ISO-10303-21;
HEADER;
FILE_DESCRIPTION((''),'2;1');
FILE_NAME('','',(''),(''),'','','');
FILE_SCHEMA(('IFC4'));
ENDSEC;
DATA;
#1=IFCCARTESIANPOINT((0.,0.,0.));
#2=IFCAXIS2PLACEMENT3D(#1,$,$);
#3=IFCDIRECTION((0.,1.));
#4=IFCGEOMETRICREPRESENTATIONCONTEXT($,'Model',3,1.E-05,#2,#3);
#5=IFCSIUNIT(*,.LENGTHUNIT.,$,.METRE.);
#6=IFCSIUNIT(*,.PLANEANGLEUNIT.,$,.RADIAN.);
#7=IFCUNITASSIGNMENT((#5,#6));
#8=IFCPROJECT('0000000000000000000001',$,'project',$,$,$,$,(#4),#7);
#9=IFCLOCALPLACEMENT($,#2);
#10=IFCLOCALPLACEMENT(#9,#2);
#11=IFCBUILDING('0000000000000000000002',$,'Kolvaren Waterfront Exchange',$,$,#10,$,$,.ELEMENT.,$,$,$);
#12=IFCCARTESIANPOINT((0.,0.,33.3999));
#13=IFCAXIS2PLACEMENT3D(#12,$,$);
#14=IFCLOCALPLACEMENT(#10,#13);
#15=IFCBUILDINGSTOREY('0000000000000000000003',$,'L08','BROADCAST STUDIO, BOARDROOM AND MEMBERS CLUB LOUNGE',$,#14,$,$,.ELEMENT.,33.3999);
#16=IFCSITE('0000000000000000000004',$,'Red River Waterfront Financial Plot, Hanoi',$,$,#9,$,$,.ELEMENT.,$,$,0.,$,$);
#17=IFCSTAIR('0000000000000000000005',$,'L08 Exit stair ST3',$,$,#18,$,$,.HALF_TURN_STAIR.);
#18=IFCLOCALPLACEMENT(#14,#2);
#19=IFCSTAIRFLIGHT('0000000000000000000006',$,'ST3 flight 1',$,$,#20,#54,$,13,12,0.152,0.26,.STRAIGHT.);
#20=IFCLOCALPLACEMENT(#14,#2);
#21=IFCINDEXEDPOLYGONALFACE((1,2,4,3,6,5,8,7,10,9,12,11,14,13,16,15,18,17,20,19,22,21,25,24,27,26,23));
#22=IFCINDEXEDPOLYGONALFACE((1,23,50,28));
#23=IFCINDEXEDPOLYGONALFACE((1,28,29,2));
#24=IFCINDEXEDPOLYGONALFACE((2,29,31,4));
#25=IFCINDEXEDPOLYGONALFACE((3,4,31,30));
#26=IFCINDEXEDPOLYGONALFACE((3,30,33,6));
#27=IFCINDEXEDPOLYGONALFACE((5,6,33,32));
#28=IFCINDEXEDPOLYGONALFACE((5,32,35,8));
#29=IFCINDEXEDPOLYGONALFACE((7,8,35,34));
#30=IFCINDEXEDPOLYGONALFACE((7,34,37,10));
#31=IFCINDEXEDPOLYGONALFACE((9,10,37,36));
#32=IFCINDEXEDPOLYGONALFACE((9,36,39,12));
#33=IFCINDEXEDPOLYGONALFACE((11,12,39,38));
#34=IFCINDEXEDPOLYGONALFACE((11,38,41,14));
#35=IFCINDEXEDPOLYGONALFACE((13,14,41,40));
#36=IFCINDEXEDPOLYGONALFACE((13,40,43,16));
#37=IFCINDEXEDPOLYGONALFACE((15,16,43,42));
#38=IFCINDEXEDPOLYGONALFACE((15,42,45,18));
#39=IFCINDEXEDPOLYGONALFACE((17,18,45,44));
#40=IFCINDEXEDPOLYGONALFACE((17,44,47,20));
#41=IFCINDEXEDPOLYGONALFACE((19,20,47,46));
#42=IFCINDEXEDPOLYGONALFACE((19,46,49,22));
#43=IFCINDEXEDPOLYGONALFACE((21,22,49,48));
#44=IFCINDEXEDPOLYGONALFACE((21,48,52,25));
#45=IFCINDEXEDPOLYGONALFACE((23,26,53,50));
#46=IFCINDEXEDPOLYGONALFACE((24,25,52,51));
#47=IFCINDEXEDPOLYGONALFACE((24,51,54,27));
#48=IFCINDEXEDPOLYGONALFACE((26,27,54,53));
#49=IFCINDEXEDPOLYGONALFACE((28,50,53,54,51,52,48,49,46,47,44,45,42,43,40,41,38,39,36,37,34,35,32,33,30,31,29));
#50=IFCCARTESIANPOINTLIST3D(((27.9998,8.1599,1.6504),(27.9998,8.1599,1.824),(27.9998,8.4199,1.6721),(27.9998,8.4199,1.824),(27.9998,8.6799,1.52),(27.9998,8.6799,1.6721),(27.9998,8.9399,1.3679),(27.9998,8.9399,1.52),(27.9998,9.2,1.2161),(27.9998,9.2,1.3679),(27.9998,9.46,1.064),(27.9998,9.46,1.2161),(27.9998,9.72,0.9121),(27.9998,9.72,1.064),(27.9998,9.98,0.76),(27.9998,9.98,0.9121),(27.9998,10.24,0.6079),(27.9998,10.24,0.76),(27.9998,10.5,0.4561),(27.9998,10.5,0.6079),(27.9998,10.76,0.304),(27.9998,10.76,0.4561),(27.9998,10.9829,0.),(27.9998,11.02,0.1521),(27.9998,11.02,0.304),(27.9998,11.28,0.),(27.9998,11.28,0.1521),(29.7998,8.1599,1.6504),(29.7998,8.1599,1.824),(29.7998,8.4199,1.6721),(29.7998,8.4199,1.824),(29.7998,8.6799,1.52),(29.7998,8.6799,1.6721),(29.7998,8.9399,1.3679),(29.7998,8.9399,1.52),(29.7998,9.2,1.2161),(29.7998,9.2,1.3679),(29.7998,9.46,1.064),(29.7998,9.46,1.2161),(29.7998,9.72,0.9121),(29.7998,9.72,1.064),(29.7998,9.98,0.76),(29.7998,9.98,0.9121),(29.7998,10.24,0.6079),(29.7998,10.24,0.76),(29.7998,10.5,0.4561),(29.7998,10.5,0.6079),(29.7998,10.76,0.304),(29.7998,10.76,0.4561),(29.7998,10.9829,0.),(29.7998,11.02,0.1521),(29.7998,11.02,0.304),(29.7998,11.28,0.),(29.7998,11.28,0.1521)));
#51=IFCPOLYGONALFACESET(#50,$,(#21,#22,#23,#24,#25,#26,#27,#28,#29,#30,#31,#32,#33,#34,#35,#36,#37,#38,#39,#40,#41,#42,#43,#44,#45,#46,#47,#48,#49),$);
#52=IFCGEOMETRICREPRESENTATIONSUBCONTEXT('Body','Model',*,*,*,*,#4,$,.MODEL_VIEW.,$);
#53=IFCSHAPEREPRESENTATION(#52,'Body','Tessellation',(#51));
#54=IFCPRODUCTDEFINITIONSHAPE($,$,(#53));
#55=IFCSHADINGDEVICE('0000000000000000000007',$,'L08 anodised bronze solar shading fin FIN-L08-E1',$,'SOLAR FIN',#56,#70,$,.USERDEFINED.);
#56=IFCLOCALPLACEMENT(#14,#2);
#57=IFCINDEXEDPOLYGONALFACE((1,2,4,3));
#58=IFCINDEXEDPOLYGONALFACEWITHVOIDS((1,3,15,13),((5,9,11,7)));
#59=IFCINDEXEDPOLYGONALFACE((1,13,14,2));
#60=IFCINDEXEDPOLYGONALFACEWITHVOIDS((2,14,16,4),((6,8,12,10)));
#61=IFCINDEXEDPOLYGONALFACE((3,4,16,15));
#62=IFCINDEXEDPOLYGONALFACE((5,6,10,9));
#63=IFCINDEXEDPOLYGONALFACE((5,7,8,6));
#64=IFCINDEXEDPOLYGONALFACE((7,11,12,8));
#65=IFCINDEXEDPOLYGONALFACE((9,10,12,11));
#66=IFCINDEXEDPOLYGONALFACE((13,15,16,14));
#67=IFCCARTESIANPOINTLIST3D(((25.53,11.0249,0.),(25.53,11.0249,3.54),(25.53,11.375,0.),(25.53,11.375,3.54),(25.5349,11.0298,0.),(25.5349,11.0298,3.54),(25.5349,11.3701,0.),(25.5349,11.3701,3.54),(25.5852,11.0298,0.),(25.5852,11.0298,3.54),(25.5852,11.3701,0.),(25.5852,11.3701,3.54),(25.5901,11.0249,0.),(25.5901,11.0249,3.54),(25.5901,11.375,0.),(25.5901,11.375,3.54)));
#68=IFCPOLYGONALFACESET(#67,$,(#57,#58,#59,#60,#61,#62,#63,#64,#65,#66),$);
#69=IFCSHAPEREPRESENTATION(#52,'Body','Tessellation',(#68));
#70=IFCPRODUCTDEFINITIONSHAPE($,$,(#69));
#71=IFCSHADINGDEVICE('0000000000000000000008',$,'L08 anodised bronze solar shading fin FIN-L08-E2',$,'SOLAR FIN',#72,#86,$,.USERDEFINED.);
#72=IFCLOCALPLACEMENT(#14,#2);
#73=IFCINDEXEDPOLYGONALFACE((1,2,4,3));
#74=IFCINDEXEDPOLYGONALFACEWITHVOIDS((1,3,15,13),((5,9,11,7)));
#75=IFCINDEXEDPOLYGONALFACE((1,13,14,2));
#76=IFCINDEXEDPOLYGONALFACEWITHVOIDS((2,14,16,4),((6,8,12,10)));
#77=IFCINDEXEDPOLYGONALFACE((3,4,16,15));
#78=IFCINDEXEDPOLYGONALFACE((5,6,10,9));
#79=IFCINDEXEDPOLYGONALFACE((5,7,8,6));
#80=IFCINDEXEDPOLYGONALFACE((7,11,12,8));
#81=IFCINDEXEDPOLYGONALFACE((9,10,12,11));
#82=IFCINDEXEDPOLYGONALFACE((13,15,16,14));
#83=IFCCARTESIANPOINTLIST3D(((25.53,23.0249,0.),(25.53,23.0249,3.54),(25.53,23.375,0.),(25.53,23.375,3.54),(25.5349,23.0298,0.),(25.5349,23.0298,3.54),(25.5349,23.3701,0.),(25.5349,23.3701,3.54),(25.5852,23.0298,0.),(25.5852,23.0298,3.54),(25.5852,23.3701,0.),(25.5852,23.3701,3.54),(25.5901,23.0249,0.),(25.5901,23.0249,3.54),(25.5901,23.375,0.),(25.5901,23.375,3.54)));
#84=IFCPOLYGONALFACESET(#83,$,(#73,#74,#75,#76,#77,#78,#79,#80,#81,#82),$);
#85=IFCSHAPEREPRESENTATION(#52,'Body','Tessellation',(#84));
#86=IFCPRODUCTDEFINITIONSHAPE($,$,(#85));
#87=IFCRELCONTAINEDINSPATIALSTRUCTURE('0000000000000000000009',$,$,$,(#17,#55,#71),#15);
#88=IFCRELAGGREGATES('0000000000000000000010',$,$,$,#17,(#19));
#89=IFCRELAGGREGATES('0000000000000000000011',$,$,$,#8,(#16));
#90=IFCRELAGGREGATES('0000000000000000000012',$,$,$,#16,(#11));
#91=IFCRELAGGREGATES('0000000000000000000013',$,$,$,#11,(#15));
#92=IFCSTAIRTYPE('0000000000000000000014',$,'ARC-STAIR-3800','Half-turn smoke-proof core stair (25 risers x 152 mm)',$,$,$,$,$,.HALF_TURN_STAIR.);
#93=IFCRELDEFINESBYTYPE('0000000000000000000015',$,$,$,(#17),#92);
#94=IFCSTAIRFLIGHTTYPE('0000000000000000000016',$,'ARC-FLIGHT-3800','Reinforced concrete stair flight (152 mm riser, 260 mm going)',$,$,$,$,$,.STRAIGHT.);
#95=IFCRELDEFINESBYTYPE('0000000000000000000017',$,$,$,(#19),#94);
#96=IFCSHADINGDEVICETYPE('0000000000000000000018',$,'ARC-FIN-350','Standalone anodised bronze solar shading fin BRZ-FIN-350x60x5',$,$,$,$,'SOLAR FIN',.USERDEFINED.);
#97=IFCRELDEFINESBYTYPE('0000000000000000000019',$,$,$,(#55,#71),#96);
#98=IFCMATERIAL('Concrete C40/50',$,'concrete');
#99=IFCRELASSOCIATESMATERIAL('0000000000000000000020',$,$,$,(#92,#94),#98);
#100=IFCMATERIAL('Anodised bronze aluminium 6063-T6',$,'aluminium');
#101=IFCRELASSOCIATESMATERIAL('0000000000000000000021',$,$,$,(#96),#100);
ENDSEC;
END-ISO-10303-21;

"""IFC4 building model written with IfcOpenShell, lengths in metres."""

from ifc_helpers import new_model, si_unit, direction, frame, origin, origin_2d, place, context, subcontext, project, spatial, polyline, hollow_rectangle, outline, extrude, material, material_profile, profile_set, type_object, element, aggregate, save


model = new_model("IFC4")

# Units and contexts
model_context = context("Model", 3, precision=1e-05, world=origin(), true_north=direction((0.0, 1.0)))
body_context = subcontext(model_context, "Body", "Model", "MODEL_VIEW")
ifc_project = project(units=[si_unit("LENGTHUNIT", "METRE"), si_unit("PLANEANGLEUNIT", "RADIAN")], contexts=[model_context])

# Site, building, storey
site_placement = place(None, origin())
site = spatial("IfcSite", under=ifc_project, at=site_placement, Name="Red River Waterfront Financial Plot, Hanoi", CompositionType="ELEMENT", RefElevation=0.0)
building_placement = place(site_placement, origin())
building = spatial("IfcBuilding", under=site, at=building_placement, Name="Kolvaren Waterfront Exchange", CompositionType="ELEMENT")
storey_placement = place(building_placement, frame((0.0, 0.0, 33.3999)))
storey = spatial("IfcBuildingStorey", under=building, at=storey_placement, Name="L08", Description="BROADCAST STUDIO, BOARDROOM AND MEMBERS CLUB LOUNGE", CompositionType="ELEMENT", Elevation=33.3999)

# Shared definitions
ifc_material_1 = material(Name="Concrete C40/50", Category="concrete")

# Stair, stair flight
stair_type = type_object("IfcStairType", Name="ARC-STAIR-3800", Description="Half-turn smoke-proof core stair (25 risers x 152 mm)", PredefinedType="HALF_TURN_STAIR", material=ifc_material_1)
stair_flight_type = type_object("IfcStairFlightType", Name="ARC-FLIGHT-3800", Description="Reinforced concrete stair flight (152 mm riser, 260 mm going)", PredefinedType="STRAIGHT", material=ifc_material_1)
stair_1_placement = place(storey_placement, origin())
stair_1 = element("IfcStair", 1, at=stair_1_placement, inside=storey, type_object=stair_type, Name="L08 Exit stair ST3", PredefinedType="HALF_TURN_STAIR")
stair_flight_1_placement = place(storey_placement, frame((28.8999, 11.28, 0.0), z_axis=(0.0, 0.0, 1.0), x_axis=(0.0, -1.0, 0.0)))
stair_flight_1 = element("IfcStairFlight", 2, at=stair_flight_1_placement, type_object=stair_flight_type, Name="ST3 flight 1", NumberOfRisers=13, NumberOfTreads=12, PredefinedType="STRAIGHT", RiserHeight=0.152, TreadLength=0.26, context=body_context, shape_type="SweptSolid", body=[
    extrude(outline(polyline([(0.0, 0.0), (0.0, 0.1521), (0.26, 0.1521), (0.26, 0.304), (0.52, 0.304), (0.52, 0.4561), (0.78, 0.4561), (0.78, 0.6079), (1.04, 0.6079), (1.04, 0.76), (1.3, 0.76), (1.3, 0.9121), (1.5601, 0.9121), (1.5601, 1.064), (1.8201, 1.064), (1.8201, 1.2161), (2.0801, 1.2161), (2.0801, 1.3679), (2.3401, 1.3679), (2.3401, 1.52), (2.6001, 1.52), (2.6001, 1.6721), (2.8601, 1.6721), (2.8601, 1.824), (3.1201, 1.824), (3.1201, 1.9761), (3.1201, 1.6504), (0.2971, 0.0), (0.0, 0.0)])), frame((0.0, 0.8999, 0.0), z_axis=(0.0, -1.0, 0.0), x_axis=(1.0, 0.0, 0.0)), (0.0, 0.0, 1.0), 1.8),
])
aggregate(stair_1, [stair_flight_1])

# Shading devices
ifc_material_2 = material(Name="Anodised bronze aluminium 6063-T6", Category="aluminium")
ifc_material_profile_1 = material_profile(ifc_material_2, hollow_rectangle(XDim=0.0601, YDim=0.3501, WallThickness=0.0049, at=origin_2d()), Name="BRZ-FIN-350x60x5")
ifc_profile_set_1 = profile_set([ifc_material_profile_1], Name="Anodised bronze aluminium 6063-T6")
shading_device_type = type_object("IfcShadingDeviceType", Name="ARC-FIN-350", Description="Standalone anodised bronze solar shading fin BRZ-FIN-350x60x5", ElementType="SOLAR FIN", PredefinedType="USERDEFINED", material=ifc_profile_set_1)
for number, where, z_axis, x_axis, name in (
    (3, (25.5601, 11.2, 0.0), (0.0, 0.0, 1.0), (1.0, 0.0, 0.0), "L08 anodised bronze solar shading fin FIN-L08-E1"),
    (4, (25.5601, 23.2, 0.0), (0.0, 0.0, 1.0), (1.0, 0.0, 0.0), "L08 anodised bronze solar shading fin FIN-L08-E2"),
):
    element("IfcShadingDevice", number, at=place(storey_placement, frame(where, z_axis=z_axis, x_axis=x_axis)), inside=storey, type_object=shading_device_type, Name=name, ObjectType="SOLAR FIN", PredefinedType="USERDEFINED", context=body_context, shape_type="SweptSolid", body=[
        extrude(hollow_rectangle(XDim=0.0601, YDim=0.3501, WallThickness=0.0049, at=origin_2d()), origin(), (0.0, 0.0, 1.0), 3.54),
    ])

save(model, "model.ifc")
